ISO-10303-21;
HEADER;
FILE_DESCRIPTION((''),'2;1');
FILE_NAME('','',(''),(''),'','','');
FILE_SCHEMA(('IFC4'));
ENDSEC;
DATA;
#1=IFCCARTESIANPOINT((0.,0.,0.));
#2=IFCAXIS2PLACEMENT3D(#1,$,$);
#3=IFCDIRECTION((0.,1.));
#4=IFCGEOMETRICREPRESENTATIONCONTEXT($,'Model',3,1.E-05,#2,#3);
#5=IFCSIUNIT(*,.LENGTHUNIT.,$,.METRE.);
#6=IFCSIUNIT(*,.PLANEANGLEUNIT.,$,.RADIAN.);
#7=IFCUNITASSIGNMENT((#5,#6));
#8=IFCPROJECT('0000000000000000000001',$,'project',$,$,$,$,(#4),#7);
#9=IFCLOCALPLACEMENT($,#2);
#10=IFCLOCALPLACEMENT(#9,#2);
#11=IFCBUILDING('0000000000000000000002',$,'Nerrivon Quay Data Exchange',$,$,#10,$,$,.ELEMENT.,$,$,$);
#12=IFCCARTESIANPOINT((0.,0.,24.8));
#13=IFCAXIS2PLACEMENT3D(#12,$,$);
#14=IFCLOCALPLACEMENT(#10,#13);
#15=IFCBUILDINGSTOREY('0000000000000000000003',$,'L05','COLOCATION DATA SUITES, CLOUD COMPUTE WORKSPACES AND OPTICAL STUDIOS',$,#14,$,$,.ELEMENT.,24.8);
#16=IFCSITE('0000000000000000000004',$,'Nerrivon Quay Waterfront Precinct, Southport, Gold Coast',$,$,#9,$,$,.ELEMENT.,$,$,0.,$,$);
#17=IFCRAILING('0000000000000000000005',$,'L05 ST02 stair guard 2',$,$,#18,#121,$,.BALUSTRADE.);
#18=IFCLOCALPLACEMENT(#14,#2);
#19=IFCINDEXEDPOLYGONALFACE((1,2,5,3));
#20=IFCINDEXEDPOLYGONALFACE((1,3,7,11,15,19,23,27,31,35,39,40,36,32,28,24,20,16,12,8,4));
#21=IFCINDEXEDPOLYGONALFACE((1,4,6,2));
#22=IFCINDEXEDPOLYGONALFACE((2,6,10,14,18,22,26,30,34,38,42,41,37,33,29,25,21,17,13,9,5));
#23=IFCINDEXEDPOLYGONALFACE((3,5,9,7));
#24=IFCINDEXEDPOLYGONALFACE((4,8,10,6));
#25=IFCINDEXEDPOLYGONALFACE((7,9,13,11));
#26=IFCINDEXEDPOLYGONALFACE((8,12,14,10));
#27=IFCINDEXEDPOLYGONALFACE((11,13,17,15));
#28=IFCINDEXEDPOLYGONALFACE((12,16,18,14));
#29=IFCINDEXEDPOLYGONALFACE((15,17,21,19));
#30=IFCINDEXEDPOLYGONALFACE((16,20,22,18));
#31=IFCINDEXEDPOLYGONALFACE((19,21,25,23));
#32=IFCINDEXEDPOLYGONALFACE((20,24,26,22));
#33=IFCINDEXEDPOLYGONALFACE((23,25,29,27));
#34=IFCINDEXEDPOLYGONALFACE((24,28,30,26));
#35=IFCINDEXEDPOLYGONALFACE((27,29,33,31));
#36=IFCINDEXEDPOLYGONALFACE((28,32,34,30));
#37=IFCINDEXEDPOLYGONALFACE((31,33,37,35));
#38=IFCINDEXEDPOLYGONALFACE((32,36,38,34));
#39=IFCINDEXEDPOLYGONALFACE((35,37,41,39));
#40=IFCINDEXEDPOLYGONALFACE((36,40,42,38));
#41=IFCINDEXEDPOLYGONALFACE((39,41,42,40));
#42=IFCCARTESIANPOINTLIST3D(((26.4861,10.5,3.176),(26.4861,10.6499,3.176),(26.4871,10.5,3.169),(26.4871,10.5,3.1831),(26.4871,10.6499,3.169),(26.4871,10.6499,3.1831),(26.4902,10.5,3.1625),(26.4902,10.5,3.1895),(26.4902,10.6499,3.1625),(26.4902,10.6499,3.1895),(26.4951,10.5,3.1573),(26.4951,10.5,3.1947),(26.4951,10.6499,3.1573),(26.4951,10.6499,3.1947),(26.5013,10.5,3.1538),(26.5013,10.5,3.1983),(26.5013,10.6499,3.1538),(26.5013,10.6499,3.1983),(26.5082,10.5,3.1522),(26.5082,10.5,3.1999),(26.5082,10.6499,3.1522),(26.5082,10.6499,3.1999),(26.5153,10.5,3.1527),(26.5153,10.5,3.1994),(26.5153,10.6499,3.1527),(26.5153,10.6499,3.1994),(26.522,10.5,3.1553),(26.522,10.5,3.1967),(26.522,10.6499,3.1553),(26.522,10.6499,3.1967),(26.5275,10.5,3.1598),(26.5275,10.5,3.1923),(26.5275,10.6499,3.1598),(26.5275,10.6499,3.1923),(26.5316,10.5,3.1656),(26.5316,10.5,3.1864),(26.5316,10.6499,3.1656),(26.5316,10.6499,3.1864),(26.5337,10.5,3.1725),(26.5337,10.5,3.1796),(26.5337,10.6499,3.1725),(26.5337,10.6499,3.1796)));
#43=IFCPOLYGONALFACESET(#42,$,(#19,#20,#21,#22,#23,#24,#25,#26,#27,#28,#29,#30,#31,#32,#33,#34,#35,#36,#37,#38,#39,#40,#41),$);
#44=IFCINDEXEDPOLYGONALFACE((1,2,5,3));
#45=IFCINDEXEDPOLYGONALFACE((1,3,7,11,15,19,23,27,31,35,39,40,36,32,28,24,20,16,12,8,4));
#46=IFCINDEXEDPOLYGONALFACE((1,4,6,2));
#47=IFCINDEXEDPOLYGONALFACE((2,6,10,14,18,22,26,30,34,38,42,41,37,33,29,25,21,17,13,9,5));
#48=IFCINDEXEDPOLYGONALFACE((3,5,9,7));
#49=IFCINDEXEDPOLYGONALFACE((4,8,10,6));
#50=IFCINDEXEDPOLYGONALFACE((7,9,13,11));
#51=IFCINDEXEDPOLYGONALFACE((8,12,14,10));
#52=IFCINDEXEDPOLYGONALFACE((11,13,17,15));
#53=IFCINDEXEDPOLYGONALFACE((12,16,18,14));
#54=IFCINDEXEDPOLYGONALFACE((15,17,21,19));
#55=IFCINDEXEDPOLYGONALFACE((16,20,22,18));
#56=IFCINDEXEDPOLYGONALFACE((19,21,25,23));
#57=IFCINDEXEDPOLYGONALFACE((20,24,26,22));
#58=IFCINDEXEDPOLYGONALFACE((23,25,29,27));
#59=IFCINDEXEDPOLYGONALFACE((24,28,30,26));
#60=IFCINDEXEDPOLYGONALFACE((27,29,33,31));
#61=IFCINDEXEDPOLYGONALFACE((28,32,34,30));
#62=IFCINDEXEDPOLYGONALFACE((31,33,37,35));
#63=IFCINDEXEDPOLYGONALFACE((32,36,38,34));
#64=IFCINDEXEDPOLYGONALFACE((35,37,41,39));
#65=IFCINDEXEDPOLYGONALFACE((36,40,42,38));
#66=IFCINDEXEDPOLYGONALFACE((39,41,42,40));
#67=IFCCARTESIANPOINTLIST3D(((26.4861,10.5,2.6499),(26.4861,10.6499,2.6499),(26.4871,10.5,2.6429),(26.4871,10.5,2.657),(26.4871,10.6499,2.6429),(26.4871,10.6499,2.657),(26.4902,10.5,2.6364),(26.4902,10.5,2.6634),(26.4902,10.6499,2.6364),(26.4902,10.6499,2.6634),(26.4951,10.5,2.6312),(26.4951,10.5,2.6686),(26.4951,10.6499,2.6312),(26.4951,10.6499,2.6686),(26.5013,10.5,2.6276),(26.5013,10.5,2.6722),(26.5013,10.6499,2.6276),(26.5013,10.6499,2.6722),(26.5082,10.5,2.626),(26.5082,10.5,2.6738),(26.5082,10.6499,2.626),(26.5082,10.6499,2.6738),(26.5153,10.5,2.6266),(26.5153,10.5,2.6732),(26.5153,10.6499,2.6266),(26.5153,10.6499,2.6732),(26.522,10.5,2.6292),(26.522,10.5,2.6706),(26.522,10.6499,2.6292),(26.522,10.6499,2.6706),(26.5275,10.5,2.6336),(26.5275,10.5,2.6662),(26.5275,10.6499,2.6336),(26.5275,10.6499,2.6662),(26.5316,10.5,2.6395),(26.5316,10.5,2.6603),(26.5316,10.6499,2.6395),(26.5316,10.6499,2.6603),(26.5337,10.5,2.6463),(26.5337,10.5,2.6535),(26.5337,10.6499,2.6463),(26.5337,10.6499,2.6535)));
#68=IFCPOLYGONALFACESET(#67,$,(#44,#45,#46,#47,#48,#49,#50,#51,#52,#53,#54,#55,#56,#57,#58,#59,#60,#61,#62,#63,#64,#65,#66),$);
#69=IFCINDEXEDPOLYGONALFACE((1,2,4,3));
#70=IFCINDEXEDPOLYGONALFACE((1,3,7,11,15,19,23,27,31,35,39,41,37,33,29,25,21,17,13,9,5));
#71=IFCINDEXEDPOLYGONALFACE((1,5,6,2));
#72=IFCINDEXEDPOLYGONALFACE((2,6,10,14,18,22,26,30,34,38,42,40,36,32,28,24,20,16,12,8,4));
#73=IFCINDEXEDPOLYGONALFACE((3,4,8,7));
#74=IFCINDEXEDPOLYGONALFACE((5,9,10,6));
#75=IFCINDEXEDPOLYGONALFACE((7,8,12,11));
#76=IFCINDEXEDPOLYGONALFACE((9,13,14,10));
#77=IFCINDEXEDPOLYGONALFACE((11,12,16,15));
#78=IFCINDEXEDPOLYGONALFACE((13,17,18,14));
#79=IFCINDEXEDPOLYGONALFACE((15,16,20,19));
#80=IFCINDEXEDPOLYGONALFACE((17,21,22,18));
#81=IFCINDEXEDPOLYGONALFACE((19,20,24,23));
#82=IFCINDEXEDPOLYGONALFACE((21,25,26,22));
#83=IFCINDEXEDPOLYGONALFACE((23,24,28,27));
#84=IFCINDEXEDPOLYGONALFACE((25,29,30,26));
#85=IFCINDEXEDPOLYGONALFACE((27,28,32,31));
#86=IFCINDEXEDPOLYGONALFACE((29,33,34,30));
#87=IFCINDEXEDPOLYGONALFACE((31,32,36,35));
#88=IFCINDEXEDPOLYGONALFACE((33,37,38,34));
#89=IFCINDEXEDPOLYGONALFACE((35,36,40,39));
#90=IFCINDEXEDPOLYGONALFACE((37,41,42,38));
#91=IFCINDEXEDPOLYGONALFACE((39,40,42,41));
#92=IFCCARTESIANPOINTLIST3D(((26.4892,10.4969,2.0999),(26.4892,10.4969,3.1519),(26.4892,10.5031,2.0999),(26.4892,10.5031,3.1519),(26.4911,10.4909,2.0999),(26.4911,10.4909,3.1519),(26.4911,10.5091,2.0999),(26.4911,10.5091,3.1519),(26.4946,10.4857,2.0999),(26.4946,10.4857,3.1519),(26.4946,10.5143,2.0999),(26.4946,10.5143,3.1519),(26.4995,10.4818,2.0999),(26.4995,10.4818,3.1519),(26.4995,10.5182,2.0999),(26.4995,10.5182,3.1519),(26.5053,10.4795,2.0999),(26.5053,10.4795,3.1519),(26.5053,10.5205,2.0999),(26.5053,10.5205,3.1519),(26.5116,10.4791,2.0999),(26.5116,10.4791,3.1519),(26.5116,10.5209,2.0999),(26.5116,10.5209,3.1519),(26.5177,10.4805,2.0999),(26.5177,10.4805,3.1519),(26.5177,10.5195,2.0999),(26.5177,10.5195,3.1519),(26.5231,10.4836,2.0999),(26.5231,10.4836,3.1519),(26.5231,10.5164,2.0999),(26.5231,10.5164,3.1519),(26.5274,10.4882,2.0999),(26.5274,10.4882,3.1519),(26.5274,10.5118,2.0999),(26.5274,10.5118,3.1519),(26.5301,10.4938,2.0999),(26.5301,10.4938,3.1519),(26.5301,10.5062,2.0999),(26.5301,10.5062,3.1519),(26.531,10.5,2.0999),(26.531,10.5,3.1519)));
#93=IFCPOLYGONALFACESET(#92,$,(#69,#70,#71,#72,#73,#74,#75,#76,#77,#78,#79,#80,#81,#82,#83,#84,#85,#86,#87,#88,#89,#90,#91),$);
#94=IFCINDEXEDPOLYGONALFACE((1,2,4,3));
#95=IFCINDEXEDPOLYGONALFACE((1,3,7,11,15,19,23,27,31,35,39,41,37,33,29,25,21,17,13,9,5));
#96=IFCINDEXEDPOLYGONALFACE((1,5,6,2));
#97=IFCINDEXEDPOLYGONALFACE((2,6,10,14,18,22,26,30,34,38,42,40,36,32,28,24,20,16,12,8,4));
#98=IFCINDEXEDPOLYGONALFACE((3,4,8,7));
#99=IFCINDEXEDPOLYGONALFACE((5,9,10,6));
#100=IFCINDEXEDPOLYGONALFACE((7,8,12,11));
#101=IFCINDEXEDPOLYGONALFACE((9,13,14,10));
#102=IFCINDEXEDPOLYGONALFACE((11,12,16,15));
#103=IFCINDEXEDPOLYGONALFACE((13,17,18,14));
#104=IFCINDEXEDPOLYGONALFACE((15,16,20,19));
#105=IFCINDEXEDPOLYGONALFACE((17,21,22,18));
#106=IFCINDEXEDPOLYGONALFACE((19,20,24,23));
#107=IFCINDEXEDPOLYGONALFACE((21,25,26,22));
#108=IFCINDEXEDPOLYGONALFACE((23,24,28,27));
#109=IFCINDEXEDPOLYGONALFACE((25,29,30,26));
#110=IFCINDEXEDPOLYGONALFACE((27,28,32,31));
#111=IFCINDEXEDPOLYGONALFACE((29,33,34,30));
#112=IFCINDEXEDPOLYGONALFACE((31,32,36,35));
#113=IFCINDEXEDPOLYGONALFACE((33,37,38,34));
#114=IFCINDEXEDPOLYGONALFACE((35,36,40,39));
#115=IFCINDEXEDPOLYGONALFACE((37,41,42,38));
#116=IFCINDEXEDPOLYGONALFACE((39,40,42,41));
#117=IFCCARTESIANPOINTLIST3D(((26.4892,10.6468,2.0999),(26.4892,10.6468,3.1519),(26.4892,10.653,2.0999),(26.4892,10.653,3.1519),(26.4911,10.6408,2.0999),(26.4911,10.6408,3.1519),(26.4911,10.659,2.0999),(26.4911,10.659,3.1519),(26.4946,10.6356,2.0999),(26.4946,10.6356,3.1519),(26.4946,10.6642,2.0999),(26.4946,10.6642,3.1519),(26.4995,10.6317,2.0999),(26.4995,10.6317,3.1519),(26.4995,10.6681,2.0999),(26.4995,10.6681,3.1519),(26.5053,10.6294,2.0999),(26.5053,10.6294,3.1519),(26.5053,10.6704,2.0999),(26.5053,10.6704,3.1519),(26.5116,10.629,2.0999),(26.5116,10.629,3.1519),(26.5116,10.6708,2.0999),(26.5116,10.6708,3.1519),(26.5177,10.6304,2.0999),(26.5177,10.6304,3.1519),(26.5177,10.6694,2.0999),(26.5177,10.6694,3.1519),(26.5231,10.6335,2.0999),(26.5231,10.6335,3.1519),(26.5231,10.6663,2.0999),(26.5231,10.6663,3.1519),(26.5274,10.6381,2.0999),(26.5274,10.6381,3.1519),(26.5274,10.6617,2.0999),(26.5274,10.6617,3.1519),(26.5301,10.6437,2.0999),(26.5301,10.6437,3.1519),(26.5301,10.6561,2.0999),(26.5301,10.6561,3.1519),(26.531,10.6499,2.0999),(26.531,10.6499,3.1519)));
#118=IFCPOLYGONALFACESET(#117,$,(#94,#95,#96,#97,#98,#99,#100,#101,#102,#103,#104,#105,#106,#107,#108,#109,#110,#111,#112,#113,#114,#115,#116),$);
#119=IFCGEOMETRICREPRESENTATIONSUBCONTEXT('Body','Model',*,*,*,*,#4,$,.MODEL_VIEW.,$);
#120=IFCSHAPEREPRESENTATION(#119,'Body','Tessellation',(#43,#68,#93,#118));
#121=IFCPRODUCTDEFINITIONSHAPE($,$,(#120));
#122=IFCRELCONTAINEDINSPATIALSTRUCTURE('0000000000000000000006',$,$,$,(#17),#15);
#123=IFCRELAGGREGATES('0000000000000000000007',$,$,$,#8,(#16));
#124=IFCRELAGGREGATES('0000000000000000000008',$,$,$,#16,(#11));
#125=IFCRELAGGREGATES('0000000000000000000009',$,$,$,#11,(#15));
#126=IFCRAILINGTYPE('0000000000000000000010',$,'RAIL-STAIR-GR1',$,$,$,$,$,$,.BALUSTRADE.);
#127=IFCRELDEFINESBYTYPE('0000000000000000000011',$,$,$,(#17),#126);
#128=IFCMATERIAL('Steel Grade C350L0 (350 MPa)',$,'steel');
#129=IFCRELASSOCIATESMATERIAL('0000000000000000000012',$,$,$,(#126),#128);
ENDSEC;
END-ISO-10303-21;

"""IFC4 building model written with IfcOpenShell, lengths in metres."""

from ifc_helpers import new_model, si_unit, direction, frame, origin, origin_2d, place, context, subcontext, project, spatial, circle, extrude, material, type_object, element, save


model = new_model("IFC4")

# Units and contexts
model_context = context("Model", 3, precision=1e-05, world=origin(), true_north=direction((0.0, 1.0)))
body_context = subcontext(model_context, "Body", "Model", "MODEL_VIEW")
ifc_project = project(units=[si_unit("LENGTHUNIT", "METRE"), si_unit("PLANEANGLEUNIT", "RADIAN")], contexts=[model_context])

# Site, building, storey
site_placement = place(None, origin())
site = spatial("IfcSite", under=ifc_project, at=site_placement, Name="Nerrivon Quay Waterfront Precinct, Southport, Gold Coast", CompositionType="ELEMENT", RefElevation=0.0)
building_placement = place(site_placement, origin())
building = spatial("IfcBuilding", under=site, at=building_placement, Name="Nerrivon Quay Data Exchange", CompositionType="ELEMENT")
storey_placement = place(building_placement, frame((0.0, 0.0, 24.8)))
storey = spatial("IfcBuildingStorey", under=building, at=storey_placement, Name="L05", Description="COLOCATION DATA SUITES, CLOUD COMPUTE WORKSPACES AND OPTICAL STUDIOS", CompositionType="ELEMENT", Elevation=24.8)

# Railing
ifc_material_1 = material(Name="Steel Grade C350L0 (350 MPa)", Category="steel")
railing_type_1 = type_object("IfcRailingType", Name="RAIL-STAIR-GR1", PredefinedType="BALUSTRADE", material=ifc_material_1)
railing_1_placement = place(storey_placement, frame((26.51, 10.5, 2.0999)))
element("IfcRailing", 1, at=railing_1_placement, inside=storey, type_object=railing_type_1, Name="L05 ST02 stair guard 2", PredefinedType="BALUSTRADE", context=body_context, shape_type="SweptSolid", body=[
    extrude(circle(Radius=0.0239, at=origin_2d()), frame((0.0, 0.0, 1.0762), z_axis=(0.0, 1.0, 0.0), x_axis=(-1.0, 0.0, 0.0)), (0.0, 0.0, 1.0), 0.1499),
    extrude(circle(Radius=0.0239, at=origin_2d()), frame((0.0, 0.0, 0.55), z_axis=(0.0, 1.0, 0.0), x_axis=(-1.0, 0.0, 0.0)), (0.0, 0.0, 1.0), 0.1499),
    extrude(circle(Radius=0.021, at=origin_2d()), origin(), (0.0, 0.0, 1.0), 1.052),
    extrude(circle(Radius=0.021, at=origin_2d()), frame((0.0, 0.1499, 0.0)), (0.0, 0.0, 1.0), 1.052),
])

save(model, "model.ifc")
